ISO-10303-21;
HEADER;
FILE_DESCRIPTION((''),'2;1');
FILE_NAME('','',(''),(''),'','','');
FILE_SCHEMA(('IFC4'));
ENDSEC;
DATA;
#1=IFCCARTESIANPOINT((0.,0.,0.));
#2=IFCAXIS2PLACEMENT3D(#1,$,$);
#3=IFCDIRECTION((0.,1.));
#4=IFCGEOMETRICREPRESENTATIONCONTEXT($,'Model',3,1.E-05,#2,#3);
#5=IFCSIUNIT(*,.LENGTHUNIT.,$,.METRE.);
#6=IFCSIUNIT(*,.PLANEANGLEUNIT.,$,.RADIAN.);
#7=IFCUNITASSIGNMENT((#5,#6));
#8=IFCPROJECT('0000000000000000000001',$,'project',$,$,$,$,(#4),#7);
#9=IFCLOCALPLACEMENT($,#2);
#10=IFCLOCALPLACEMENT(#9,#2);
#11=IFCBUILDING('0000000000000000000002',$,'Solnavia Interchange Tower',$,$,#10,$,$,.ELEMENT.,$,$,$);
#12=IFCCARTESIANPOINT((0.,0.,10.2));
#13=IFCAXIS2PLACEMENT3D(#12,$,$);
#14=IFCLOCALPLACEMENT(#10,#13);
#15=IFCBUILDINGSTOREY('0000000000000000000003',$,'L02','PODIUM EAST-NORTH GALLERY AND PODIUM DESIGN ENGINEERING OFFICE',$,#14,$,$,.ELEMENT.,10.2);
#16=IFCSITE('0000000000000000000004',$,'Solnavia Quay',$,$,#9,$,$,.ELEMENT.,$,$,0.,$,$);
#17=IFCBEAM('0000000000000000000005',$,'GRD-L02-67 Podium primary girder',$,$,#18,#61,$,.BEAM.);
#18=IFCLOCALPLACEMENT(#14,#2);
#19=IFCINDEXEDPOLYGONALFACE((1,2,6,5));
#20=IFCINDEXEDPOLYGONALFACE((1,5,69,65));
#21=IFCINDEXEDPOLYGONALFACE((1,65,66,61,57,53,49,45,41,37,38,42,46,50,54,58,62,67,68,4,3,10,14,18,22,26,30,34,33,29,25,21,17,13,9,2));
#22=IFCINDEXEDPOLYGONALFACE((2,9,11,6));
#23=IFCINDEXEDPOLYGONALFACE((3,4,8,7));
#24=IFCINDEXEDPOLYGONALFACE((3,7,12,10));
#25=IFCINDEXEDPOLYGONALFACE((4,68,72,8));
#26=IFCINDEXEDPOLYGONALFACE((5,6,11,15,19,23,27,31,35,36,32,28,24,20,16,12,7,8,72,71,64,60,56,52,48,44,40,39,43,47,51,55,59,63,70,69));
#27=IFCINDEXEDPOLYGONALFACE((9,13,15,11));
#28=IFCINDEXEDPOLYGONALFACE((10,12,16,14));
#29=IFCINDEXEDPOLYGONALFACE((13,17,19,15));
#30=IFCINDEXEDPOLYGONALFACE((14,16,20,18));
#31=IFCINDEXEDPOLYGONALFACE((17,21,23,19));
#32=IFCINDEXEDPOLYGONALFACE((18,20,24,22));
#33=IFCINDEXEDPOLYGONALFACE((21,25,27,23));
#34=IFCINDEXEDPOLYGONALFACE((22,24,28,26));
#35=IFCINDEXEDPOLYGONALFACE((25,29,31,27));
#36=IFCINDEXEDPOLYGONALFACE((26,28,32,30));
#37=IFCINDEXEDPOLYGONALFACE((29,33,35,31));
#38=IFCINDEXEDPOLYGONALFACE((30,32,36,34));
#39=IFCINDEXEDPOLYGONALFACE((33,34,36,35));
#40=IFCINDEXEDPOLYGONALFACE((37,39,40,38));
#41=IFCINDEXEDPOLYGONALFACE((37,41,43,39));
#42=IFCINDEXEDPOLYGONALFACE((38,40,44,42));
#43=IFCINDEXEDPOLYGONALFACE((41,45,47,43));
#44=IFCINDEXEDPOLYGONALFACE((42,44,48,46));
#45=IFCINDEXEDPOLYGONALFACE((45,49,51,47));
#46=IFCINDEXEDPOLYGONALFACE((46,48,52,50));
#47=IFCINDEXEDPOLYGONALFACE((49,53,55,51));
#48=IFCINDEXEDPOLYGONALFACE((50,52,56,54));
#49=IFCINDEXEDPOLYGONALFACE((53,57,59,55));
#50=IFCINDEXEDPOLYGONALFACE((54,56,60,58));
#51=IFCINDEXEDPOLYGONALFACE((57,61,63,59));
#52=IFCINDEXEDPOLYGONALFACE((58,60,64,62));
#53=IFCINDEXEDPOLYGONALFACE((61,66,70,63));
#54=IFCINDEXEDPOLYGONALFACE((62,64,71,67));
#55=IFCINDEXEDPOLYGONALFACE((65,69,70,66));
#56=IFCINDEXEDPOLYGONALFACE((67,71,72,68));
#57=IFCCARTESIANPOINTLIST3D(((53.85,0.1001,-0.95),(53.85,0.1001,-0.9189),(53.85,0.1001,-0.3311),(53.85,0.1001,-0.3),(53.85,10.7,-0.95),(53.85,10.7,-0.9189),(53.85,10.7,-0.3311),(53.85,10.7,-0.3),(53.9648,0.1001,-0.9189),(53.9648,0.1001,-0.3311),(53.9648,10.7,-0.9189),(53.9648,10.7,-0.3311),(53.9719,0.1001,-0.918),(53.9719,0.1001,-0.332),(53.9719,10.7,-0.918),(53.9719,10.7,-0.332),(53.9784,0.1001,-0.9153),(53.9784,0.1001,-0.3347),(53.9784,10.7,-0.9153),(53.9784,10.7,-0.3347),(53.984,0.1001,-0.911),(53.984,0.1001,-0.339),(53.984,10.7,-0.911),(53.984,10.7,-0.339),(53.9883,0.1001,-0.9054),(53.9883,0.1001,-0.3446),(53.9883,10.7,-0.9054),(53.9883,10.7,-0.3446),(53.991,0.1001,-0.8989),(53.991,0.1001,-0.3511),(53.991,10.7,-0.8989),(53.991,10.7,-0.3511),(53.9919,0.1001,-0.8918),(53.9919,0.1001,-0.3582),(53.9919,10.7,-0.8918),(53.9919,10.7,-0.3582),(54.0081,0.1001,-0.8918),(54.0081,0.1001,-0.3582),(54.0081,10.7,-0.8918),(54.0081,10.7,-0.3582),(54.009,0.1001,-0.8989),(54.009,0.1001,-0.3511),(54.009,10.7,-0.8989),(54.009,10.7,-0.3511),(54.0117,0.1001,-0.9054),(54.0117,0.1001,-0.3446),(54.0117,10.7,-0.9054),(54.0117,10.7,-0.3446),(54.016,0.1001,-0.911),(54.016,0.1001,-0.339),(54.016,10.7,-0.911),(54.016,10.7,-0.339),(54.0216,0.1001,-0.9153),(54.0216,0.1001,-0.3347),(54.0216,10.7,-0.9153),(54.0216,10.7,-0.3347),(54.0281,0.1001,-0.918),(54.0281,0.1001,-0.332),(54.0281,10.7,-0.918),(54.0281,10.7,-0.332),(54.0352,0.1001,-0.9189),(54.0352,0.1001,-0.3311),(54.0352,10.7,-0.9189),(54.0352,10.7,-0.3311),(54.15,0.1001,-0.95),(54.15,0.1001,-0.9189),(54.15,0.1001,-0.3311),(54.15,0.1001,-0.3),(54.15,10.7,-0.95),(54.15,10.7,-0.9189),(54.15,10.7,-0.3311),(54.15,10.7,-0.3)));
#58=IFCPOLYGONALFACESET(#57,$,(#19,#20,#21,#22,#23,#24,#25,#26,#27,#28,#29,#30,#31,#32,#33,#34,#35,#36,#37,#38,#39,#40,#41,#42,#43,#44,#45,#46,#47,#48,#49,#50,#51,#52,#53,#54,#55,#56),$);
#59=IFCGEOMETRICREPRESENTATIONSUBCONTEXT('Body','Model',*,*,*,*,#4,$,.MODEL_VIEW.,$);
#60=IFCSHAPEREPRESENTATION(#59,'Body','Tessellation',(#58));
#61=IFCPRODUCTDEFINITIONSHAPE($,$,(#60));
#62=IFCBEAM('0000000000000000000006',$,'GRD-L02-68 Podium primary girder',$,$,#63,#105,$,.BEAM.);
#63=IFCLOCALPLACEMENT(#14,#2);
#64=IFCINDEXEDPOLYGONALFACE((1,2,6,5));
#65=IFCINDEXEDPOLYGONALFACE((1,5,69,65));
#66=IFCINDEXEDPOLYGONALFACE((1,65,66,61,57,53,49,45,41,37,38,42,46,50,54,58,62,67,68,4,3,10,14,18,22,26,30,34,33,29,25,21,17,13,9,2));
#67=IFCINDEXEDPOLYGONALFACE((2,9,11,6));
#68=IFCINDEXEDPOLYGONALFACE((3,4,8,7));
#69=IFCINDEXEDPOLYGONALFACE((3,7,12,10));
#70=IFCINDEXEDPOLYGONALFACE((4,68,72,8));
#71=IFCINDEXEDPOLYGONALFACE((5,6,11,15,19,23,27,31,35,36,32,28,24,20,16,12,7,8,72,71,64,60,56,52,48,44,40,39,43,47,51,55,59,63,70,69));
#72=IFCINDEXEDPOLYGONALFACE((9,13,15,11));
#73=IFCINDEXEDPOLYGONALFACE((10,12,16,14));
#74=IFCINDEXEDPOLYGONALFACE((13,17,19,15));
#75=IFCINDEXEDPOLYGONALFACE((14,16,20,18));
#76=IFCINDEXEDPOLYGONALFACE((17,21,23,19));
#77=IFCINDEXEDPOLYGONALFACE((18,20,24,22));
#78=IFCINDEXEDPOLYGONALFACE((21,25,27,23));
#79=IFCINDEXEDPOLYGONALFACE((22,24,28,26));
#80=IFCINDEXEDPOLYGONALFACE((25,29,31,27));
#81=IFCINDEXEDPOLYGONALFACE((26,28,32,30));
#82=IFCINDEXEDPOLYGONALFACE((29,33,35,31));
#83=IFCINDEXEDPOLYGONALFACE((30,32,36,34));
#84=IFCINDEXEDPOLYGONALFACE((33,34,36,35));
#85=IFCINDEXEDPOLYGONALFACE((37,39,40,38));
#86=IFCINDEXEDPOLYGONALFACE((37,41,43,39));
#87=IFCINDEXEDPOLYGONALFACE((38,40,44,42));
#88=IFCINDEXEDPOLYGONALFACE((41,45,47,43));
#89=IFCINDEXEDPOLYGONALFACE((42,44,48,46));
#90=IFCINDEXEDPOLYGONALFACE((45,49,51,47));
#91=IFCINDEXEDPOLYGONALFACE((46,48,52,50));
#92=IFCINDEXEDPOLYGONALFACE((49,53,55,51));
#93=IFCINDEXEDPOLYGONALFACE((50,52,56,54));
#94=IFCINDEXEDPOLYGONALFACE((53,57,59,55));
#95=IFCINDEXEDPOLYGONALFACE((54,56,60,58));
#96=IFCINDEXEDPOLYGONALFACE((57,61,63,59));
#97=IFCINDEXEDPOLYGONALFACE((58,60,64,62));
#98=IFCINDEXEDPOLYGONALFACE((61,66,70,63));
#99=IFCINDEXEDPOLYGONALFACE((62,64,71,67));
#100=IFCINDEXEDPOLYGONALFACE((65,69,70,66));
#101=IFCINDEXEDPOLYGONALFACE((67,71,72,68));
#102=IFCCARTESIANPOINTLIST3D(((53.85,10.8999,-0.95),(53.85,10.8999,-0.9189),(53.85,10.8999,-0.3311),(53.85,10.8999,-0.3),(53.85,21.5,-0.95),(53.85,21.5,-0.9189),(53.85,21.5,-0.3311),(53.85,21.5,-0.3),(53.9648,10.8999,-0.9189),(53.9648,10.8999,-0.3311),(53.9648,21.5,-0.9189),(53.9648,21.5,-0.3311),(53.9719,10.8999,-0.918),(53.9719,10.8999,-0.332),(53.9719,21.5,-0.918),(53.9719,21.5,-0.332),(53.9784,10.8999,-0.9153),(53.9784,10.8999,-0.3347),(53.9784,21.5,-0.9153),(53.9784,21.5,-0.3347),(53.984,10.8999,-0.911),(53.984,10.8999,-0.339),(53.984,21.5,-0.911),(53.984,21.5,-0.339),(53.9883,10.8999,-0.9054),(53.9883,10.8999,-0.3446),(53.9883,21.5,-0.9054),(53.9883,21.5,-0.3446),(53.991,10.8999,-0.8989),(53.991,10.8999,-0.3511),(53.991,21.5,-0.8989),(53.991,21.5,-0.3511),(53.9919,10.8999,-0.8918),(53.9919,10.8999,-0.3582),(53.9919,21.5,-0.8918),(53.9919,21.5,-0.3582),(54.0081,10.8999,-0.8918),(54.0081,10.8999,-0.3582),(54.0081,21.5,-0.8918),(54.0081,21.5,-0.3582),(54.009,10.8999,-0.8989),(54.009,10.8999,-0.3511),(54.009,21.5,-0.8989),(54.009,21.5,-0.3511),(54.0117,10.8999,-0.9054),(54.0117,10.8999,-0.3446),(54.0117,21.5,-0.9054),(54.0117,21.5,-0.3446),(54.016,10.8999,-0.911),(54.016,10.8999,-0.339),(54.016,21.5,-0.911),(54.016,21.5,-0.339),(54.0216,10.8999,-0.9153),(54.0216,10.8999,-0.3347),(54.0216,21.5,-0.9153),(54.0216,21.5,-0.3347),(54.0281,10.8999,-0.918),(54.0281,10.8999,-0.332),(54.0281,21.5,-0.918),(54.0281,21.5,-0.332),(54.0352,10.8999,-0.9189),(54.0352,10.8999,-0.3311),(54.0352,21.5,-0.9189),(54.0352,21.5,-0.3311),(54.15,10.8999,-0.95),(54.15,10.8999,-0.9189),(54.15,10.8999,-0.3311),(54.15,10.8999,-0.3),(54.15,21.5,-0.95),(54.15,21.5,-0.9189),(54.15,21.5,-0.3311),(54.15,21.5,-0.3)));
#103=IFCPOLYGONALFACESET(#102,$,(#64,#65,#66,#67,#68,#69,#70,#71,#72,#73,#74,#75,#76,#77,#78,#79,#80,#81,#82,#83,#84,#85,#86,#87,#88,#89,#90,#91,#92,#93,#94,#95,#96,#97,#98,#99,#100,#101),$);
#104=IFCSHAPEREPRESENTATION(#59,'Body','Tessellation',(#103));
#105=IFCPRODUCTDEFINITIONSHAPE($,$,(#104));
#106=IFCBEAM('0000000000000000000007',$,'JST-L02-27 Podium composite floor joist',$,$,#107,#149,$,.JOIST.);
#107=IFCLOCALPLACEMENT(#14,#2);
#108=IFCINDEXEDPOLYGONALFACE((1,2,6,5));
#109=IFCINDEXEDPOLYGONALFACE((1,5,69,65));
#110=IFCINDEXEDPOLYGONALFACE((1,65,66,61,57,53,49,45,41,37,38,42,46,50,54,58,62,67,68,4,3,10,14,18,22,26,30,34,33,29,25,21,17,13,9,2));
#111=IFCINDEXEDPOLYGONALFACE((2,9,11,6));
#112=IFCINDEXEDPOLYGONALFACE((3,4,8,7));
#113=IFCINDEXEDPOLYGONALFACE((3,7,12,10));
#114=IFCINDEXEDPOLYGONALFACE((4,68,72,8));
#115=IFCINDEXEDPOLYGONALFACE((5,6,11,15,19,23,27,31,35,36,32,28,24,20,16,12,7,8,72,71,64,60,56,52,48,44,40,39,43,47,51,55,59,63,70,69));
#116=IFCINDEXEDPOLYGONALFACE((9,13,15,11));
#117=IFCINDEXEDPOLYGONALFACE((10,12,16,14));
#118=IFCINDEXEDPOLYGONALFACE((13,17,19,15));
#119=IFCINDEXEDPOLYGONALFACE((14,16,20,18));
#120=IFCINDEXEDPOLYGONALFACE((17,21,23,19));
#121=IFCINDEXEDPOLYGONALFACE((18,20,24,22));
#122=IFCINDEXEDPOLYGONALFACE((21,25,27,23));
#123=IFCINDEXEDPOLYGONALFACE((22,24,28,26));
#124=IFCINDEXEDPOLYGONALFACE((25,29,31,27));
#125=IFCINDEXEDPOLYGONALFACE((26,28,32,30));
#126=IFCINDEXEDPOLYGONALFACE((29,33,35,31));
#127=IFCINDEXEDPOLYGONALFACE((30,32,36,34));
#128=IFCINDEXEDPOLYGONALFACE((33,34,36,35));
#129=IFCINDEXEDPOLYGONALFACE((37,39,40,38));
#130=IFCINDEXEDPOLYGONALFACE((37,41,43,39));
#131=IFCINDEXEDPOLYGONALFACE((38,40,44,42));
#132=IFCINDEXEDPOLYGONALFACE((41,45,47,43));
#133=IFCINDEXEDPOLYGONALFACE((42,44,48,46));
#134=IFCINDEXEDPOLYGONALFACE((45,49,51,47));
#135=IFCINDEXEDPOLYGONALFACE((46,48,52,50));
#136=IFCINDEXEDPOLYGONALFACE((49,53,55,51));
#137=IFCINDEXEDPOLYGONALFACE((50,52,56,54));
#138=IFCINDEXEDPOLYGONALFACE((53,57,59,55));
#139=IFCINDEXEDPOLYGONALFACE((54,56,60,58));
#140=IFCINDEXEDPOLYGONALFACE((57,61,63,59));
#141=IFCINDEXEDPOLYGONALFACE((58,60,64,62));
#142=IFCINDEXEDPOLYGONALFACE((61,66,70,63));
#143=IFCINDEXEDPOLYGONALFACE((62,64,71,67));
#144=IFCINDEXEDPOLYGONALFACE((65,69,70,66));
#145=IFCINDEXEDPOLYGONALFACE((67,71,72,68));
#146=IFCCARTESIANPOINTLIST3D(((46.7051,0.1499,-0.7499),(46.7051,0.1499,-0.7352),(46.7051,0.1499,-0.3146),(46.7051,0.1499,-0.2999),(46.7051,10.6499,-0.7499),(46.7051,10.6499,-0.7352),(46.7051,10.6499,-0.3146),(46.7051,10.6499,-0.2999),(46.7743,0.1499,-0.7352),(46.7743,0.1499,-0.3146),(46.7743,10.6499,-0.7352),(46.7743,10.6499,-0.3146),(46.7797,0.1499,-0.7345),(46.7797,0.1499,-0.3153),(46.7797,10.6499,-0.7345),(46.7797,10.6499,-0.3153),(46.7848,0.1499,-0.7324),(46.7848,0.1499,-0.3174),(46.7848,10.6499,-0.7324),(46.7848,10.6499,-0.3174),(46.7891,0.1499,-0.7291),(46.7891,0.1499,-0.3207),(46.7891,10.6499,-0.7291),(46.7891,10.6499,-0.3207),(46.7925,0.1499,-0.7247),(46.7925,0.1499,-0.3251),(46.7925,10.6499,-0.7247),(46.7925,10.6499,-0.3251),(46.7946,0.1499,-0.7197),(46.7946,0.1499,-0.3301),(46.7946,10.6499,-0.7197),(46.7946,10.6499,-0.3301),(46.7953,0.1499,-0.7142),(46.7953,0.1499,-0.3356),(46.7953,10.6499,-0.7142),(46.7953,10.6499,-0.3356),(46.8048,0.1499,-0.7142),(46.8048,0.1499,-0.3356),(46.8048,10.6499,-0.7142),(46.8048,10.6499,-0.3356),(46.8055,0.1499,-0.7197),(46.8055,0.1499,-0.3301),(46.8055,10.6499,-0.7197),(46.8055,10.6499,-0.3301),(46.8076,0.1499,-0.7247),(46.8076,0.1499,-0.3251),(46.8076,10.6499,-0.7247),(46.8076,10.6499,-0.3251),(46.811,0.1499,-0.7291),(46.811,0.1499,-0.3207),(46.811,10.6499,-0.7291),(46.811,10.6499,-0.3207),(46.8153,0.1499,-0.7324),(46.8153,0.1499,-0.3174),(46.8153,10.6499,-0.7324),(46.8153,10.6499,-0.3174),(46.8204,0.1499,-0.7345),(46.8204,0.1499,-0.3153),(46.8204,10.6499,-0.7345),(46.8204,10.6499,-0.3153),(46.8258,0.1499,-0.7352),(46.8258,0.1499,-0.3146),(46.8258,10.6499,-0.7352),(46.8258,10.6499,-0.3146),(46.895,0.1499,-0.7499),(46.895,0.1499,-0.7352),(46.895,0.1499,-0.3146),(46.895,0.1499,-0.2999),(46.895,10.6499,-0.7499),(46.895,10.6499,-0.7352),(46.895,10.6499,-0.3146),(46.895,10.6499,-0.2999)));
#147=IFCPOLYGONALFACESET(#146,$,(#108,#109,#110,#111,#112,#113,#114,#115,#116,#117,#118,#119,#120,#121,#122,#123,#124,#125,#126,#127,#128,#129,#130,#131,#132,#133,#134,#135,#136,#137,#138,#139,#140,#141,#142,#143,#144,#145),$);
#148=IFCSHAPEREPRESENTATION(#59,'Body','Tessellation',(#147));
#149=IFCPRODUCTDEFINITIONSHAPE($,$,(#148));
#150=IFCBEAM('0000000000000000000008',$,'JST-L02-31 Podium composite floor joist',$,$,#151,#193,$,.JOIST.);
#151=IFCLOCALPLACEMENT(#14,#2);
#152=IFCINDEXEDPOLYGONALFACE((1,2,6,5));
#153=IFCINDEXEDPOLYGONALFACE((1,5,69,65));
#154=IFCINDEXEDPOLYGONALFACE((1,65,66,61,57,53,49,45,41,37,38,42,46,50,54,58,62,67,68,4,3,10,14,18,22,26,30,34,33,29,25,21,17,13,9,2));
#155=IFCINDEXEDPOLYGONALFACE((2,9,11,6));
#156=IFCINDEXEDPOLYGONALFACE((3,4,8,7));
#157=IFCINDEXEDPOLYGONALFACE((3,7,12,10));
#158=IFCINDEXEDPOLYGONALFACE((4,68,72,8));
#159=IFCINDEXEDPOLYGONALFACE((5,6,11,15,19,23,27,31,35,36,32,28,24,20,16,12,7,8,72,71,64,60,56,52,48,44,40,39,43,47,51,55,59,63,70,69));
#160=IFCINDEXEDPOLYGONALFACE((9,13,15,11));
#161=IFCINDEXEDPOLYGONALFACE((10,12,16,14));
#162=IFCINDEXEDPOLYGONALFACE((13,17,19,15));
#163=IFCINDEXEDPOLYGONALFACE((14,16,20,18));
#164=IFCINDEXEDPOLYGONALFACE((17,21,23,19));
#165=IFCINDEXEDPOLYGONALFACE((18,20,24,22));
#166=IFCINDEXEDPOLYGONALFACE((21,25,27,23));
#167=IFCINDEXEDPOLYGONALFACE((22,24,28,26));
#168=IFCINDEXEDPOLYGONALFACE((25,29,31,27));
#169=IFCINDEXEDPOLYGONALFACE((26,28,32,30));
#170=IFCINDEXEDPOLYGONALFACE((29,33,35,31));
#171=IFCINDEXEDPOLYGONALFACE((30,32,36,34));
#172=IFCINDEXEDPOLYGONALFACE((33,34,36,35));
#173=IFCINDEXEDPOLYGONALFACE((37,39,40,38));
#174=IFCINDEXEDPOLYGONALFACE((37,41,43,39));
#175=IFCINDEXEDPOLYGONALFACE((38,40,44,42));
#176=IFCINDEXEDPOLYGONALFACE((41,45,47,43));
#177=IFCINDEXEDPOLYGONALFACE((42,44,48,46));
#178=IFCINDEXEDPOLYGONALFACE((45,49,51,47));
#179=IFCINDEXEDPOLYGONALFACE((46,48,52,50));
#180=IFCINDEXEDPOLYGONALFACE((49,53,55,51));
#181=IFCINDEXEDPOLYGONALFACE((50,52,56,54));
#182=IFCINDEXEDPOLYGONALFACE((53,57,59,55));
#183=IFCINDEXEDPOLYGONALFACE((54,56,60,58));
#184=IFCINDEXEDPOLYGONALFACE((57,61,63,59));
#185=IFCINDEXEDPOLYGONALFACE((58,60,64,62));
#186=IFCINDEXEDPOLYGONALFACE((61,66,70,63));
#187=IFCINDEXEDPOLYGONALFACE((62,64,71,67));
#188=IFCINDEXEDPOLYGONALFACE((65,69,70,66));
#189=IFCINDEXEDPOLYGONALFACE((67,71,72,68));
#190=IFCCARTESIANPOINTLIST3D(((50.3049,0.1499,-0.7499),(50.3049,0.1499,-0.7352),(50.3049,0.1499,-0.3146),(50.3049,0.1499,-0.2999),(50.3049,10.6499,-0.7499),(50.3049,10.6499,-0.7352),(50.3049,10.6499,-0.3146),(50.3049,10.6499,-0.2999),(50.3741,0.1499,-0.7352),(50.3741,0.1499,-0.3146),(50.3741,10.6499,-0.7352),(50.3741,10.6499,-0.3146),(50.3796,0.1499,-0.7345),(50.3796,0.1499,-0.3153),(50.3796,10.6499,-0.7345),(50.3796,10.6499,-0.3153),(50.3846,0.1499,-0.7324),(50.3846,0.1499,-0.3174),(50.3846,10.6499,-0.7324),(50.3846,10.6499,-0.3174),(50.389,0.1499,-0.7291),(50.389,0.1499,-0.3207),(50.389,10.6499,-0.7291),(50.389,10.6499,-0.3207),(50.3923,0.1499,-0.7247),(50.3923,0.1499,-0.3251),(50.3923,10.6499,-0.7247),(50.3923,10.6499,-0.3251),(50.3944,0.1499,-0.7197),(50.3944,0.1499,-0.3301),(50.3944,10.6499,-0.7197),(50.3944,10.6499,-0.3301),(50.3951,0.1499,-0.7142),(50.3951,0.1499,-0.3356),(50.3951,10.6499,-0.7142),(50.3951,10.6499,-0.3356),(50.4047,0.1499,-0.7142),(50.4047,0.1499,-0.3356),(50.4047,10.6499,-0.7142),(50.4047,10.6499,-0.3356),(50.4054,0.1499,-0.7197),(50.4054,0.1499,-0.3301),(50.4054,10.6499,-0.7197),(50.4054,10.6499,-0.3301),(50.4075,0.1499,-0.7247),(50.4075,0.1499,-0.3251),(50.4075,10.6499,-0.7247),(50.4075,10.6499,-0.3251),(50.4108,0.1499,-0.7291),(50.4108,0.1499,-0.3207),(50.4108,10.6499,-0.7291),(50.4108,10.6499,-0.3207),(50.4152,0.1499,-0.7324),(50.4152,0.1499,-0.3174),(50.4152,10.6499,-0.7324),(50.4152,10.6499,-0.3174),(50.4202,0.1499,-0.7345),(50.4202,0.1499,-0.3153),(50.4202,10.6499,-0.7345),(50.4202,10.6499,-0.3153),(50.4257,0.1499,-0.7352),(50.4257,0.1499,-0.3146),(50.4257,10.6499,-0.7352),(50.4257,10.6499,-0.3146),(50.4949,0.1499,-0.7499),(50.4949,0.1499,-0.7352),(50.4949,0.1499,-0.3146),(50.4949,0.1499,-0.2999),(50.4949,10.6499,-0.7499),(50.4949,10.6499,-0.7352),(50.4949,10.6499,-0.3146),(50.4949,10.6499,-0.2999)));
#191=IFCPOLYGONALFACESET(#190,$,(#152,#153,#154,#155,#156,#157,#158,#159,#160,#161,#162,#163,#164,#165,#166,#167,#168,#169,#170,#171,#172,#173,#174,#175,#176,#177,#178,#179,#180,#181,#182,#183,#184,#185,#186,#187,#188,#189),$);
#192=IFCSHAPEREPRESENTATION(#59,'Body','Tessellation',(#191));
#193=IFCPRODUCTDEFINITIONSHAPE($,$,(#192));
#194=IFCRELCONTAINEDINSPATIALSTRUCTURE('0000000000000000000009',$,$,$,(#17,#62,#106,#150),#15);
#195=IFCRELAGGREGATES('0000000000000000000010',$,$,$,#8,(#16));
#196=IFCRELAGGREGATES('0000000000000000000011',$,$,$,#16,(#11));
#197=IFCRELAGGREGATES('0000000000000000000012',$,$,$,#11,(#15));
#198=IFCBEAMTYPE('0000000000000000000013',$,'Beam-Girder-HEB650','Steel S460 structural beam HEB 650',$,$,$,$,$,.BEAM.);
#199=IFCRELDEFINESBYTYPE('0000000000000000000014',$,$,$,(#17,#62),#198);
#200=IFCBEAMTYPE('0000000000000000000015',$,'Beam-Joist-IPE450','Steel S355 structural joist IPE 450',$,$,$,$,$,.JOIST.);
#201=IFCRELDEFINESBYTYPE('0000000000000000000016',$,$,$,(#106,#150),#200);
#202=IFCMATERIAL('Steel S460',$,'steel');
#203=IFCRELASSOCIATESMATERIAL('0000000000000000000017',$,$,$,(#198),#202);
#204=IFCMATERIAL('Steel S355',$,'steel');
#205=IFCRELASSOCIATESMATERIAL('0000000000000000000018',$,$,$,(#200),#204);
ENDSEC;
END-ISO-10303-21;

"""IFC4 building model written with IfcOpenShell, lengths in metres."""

from ifc_helpers import new_model, si_unit, direction, frame, origin, origin_2d, place, context, subcontext, project, spatial, i_section, extrude, material, material_profile, profile_set, type_object, element, save


model = new_model("IFC4")

# Units and contexts
model_context = context("Model", 3, precision=1e-05, world=origin(), true_north=direction((0.0, 1.0)))
body_context = subcontext(model_context, "Body", "Model", "MODEL_VIEW")
ifc_project = project(units=[si_unit("LENGTHUNIT", "METRE"), si_unit("PLANEANGLEUNIT", "RADIAN")], contexts=[model_context])

# Site, building, storey
site_placement = place(None, origin())
site = spatial("IfcSite", under=ifc_project, at=site_placement, Name="Solnavia Quay", CompositionType="ELEMENT", RefElevation=0.0)
building_placement = place(site_placement, origin())
building = spatial("IfcBuilding", under=site, at=building_placement, Name="Solnavia Interchange Tower", CompositionType="ELEMENT")
storey_placement = place(building_placement, frame((0.0, 0.0, 10.2)))
storey = spatial("IfcBuildingStorey", under=building, at=storey_placement, Name="L02", Description="PODIUM EAST-NORTH GALLERY AND PODIUM DESIGN ENGINEERING OFFICE", CompositionType="ELEMENT", Elevation=10.2)

# Beams
ifc_material_1 = material(Name="Steel S460", Category="steel")
ifc_material_profile_1 = material_profile(ifc_material_1, i_section(OverallWidth=0.3, OverallDepth=0.6499, WebThickness=0.0161, FlangeThickness=0.031, FilletRadius=0.0271, at=origin_2d()), Name="HEB 650")
ifc_profile_set_1 = profile_set([ifc_material_profile_1], Name="Steel S460")
beam_type_1 = type_object("IfcBeamType", Name="Beam-Girder-HEB650", Description="Steel S460 structural beam HEB 650", PredefinedType="BEAM", material=ifc_profile_set_1)
beam_1_placement = place(storey_placement, frame((54.0, 0.1001, -0.625), z_axis=(0.0, 1.0, 0.0), x_axis=(-1.0, 0.0, 0.0)))
element("IfcBeam", 1, at=beam_1_placement, inside=storey, type_object=beam_type_1, Name="GRD-L02-67 Podium primary girder", PredefinedType="BEAM", context=body_context, shape_type="SweptSolid", body=[
    extrude(i_section(OverallWidth=0.3, OverallDepth=0.6499, WebThickness=0.0161, FlangeThickness=0.031, FilletRadius=0.0271, at=origin_2d()), origin(), (0.0, 0.0, 1.0), 10.5999),
])
beam_2_placement = place(storey_placement, frame((54.0, 10.8999, -0.625), z_axis=(0.0, 1.0, 0.0), x_axis=(-1.0, 0.0, 0.0)))
element("IfcBeam", 2, at=beam_2_placement, inside=storey, type_object=beam_type_1, Name="GRD-L02-68 Podium primary girder", PredefinedType="BEAM", context=body_context, shape_type="SweptSolid", body=[
    extrude(i_section(OverallWidth=0.3, OverallDepth=0.6499, WebThickness=0.0161, FlangeThickness=0.031, FilletRadius=0.0271, at=origin_2d()), origin(), (0.0, 0.0, 1.0), 10.6001),
])
ifc_material_2 = material(Name="Steel S355", Category="steel")
ifc_material_profile_2 = material_profile(ifc_material_2, i_section(OverallWidth=0.1899, OverallDepth=0.45, WebThickness=0.0095, FlangeThickness=0.0146, FilletRadius=0.021, at=origin_2d()), Name="IPE 450")
ifc_profile_set_2 = profile_set([ifc_material_profile_2], Name="Steel S355")
beam_type_2 = type_object("IfcBeamType", Name="Beam-Joist-IPE450", Description="Steel S355 structural joist IPE 450", PredefinedType="JOIST", material=ifc_profile_set_2)
for number, where, z_axis, x_axis, name in (
    (3, (46.8, 0.1499, -0.5249), (0.0, 1.0, 0.0), (-1.0, 0.0, 0.0), "JST-L02-27 Podium composite floor joist"),
    (4, (50.3999, 0.1499, -0.5249), (0.0, 1.0, 0.0), (-1.0, 0.0, 0.0), "JST-L02-31 Podium composite floor joist"),
):
    element("IfcBeam", number, at=place(storey_placement, frame(where, z_axis=z_axis, x_axis=x_axis)), inside=storey, type_object=beam_type_2, Name=name, PredefinedType="JOIST", context=body_context, shape_type="SweptSolid", body=[
        extrude(i_section(OverallWidth=0.1899, OverallDepth=0.45, WebThickness=0.0095, FlangeThickness=0.0146, FilletRadius=0.021, at=origin_2d()), origin(), (0.0, 0.0, 1.0), 10.5),
    ])

save(model, "model.ifc")
